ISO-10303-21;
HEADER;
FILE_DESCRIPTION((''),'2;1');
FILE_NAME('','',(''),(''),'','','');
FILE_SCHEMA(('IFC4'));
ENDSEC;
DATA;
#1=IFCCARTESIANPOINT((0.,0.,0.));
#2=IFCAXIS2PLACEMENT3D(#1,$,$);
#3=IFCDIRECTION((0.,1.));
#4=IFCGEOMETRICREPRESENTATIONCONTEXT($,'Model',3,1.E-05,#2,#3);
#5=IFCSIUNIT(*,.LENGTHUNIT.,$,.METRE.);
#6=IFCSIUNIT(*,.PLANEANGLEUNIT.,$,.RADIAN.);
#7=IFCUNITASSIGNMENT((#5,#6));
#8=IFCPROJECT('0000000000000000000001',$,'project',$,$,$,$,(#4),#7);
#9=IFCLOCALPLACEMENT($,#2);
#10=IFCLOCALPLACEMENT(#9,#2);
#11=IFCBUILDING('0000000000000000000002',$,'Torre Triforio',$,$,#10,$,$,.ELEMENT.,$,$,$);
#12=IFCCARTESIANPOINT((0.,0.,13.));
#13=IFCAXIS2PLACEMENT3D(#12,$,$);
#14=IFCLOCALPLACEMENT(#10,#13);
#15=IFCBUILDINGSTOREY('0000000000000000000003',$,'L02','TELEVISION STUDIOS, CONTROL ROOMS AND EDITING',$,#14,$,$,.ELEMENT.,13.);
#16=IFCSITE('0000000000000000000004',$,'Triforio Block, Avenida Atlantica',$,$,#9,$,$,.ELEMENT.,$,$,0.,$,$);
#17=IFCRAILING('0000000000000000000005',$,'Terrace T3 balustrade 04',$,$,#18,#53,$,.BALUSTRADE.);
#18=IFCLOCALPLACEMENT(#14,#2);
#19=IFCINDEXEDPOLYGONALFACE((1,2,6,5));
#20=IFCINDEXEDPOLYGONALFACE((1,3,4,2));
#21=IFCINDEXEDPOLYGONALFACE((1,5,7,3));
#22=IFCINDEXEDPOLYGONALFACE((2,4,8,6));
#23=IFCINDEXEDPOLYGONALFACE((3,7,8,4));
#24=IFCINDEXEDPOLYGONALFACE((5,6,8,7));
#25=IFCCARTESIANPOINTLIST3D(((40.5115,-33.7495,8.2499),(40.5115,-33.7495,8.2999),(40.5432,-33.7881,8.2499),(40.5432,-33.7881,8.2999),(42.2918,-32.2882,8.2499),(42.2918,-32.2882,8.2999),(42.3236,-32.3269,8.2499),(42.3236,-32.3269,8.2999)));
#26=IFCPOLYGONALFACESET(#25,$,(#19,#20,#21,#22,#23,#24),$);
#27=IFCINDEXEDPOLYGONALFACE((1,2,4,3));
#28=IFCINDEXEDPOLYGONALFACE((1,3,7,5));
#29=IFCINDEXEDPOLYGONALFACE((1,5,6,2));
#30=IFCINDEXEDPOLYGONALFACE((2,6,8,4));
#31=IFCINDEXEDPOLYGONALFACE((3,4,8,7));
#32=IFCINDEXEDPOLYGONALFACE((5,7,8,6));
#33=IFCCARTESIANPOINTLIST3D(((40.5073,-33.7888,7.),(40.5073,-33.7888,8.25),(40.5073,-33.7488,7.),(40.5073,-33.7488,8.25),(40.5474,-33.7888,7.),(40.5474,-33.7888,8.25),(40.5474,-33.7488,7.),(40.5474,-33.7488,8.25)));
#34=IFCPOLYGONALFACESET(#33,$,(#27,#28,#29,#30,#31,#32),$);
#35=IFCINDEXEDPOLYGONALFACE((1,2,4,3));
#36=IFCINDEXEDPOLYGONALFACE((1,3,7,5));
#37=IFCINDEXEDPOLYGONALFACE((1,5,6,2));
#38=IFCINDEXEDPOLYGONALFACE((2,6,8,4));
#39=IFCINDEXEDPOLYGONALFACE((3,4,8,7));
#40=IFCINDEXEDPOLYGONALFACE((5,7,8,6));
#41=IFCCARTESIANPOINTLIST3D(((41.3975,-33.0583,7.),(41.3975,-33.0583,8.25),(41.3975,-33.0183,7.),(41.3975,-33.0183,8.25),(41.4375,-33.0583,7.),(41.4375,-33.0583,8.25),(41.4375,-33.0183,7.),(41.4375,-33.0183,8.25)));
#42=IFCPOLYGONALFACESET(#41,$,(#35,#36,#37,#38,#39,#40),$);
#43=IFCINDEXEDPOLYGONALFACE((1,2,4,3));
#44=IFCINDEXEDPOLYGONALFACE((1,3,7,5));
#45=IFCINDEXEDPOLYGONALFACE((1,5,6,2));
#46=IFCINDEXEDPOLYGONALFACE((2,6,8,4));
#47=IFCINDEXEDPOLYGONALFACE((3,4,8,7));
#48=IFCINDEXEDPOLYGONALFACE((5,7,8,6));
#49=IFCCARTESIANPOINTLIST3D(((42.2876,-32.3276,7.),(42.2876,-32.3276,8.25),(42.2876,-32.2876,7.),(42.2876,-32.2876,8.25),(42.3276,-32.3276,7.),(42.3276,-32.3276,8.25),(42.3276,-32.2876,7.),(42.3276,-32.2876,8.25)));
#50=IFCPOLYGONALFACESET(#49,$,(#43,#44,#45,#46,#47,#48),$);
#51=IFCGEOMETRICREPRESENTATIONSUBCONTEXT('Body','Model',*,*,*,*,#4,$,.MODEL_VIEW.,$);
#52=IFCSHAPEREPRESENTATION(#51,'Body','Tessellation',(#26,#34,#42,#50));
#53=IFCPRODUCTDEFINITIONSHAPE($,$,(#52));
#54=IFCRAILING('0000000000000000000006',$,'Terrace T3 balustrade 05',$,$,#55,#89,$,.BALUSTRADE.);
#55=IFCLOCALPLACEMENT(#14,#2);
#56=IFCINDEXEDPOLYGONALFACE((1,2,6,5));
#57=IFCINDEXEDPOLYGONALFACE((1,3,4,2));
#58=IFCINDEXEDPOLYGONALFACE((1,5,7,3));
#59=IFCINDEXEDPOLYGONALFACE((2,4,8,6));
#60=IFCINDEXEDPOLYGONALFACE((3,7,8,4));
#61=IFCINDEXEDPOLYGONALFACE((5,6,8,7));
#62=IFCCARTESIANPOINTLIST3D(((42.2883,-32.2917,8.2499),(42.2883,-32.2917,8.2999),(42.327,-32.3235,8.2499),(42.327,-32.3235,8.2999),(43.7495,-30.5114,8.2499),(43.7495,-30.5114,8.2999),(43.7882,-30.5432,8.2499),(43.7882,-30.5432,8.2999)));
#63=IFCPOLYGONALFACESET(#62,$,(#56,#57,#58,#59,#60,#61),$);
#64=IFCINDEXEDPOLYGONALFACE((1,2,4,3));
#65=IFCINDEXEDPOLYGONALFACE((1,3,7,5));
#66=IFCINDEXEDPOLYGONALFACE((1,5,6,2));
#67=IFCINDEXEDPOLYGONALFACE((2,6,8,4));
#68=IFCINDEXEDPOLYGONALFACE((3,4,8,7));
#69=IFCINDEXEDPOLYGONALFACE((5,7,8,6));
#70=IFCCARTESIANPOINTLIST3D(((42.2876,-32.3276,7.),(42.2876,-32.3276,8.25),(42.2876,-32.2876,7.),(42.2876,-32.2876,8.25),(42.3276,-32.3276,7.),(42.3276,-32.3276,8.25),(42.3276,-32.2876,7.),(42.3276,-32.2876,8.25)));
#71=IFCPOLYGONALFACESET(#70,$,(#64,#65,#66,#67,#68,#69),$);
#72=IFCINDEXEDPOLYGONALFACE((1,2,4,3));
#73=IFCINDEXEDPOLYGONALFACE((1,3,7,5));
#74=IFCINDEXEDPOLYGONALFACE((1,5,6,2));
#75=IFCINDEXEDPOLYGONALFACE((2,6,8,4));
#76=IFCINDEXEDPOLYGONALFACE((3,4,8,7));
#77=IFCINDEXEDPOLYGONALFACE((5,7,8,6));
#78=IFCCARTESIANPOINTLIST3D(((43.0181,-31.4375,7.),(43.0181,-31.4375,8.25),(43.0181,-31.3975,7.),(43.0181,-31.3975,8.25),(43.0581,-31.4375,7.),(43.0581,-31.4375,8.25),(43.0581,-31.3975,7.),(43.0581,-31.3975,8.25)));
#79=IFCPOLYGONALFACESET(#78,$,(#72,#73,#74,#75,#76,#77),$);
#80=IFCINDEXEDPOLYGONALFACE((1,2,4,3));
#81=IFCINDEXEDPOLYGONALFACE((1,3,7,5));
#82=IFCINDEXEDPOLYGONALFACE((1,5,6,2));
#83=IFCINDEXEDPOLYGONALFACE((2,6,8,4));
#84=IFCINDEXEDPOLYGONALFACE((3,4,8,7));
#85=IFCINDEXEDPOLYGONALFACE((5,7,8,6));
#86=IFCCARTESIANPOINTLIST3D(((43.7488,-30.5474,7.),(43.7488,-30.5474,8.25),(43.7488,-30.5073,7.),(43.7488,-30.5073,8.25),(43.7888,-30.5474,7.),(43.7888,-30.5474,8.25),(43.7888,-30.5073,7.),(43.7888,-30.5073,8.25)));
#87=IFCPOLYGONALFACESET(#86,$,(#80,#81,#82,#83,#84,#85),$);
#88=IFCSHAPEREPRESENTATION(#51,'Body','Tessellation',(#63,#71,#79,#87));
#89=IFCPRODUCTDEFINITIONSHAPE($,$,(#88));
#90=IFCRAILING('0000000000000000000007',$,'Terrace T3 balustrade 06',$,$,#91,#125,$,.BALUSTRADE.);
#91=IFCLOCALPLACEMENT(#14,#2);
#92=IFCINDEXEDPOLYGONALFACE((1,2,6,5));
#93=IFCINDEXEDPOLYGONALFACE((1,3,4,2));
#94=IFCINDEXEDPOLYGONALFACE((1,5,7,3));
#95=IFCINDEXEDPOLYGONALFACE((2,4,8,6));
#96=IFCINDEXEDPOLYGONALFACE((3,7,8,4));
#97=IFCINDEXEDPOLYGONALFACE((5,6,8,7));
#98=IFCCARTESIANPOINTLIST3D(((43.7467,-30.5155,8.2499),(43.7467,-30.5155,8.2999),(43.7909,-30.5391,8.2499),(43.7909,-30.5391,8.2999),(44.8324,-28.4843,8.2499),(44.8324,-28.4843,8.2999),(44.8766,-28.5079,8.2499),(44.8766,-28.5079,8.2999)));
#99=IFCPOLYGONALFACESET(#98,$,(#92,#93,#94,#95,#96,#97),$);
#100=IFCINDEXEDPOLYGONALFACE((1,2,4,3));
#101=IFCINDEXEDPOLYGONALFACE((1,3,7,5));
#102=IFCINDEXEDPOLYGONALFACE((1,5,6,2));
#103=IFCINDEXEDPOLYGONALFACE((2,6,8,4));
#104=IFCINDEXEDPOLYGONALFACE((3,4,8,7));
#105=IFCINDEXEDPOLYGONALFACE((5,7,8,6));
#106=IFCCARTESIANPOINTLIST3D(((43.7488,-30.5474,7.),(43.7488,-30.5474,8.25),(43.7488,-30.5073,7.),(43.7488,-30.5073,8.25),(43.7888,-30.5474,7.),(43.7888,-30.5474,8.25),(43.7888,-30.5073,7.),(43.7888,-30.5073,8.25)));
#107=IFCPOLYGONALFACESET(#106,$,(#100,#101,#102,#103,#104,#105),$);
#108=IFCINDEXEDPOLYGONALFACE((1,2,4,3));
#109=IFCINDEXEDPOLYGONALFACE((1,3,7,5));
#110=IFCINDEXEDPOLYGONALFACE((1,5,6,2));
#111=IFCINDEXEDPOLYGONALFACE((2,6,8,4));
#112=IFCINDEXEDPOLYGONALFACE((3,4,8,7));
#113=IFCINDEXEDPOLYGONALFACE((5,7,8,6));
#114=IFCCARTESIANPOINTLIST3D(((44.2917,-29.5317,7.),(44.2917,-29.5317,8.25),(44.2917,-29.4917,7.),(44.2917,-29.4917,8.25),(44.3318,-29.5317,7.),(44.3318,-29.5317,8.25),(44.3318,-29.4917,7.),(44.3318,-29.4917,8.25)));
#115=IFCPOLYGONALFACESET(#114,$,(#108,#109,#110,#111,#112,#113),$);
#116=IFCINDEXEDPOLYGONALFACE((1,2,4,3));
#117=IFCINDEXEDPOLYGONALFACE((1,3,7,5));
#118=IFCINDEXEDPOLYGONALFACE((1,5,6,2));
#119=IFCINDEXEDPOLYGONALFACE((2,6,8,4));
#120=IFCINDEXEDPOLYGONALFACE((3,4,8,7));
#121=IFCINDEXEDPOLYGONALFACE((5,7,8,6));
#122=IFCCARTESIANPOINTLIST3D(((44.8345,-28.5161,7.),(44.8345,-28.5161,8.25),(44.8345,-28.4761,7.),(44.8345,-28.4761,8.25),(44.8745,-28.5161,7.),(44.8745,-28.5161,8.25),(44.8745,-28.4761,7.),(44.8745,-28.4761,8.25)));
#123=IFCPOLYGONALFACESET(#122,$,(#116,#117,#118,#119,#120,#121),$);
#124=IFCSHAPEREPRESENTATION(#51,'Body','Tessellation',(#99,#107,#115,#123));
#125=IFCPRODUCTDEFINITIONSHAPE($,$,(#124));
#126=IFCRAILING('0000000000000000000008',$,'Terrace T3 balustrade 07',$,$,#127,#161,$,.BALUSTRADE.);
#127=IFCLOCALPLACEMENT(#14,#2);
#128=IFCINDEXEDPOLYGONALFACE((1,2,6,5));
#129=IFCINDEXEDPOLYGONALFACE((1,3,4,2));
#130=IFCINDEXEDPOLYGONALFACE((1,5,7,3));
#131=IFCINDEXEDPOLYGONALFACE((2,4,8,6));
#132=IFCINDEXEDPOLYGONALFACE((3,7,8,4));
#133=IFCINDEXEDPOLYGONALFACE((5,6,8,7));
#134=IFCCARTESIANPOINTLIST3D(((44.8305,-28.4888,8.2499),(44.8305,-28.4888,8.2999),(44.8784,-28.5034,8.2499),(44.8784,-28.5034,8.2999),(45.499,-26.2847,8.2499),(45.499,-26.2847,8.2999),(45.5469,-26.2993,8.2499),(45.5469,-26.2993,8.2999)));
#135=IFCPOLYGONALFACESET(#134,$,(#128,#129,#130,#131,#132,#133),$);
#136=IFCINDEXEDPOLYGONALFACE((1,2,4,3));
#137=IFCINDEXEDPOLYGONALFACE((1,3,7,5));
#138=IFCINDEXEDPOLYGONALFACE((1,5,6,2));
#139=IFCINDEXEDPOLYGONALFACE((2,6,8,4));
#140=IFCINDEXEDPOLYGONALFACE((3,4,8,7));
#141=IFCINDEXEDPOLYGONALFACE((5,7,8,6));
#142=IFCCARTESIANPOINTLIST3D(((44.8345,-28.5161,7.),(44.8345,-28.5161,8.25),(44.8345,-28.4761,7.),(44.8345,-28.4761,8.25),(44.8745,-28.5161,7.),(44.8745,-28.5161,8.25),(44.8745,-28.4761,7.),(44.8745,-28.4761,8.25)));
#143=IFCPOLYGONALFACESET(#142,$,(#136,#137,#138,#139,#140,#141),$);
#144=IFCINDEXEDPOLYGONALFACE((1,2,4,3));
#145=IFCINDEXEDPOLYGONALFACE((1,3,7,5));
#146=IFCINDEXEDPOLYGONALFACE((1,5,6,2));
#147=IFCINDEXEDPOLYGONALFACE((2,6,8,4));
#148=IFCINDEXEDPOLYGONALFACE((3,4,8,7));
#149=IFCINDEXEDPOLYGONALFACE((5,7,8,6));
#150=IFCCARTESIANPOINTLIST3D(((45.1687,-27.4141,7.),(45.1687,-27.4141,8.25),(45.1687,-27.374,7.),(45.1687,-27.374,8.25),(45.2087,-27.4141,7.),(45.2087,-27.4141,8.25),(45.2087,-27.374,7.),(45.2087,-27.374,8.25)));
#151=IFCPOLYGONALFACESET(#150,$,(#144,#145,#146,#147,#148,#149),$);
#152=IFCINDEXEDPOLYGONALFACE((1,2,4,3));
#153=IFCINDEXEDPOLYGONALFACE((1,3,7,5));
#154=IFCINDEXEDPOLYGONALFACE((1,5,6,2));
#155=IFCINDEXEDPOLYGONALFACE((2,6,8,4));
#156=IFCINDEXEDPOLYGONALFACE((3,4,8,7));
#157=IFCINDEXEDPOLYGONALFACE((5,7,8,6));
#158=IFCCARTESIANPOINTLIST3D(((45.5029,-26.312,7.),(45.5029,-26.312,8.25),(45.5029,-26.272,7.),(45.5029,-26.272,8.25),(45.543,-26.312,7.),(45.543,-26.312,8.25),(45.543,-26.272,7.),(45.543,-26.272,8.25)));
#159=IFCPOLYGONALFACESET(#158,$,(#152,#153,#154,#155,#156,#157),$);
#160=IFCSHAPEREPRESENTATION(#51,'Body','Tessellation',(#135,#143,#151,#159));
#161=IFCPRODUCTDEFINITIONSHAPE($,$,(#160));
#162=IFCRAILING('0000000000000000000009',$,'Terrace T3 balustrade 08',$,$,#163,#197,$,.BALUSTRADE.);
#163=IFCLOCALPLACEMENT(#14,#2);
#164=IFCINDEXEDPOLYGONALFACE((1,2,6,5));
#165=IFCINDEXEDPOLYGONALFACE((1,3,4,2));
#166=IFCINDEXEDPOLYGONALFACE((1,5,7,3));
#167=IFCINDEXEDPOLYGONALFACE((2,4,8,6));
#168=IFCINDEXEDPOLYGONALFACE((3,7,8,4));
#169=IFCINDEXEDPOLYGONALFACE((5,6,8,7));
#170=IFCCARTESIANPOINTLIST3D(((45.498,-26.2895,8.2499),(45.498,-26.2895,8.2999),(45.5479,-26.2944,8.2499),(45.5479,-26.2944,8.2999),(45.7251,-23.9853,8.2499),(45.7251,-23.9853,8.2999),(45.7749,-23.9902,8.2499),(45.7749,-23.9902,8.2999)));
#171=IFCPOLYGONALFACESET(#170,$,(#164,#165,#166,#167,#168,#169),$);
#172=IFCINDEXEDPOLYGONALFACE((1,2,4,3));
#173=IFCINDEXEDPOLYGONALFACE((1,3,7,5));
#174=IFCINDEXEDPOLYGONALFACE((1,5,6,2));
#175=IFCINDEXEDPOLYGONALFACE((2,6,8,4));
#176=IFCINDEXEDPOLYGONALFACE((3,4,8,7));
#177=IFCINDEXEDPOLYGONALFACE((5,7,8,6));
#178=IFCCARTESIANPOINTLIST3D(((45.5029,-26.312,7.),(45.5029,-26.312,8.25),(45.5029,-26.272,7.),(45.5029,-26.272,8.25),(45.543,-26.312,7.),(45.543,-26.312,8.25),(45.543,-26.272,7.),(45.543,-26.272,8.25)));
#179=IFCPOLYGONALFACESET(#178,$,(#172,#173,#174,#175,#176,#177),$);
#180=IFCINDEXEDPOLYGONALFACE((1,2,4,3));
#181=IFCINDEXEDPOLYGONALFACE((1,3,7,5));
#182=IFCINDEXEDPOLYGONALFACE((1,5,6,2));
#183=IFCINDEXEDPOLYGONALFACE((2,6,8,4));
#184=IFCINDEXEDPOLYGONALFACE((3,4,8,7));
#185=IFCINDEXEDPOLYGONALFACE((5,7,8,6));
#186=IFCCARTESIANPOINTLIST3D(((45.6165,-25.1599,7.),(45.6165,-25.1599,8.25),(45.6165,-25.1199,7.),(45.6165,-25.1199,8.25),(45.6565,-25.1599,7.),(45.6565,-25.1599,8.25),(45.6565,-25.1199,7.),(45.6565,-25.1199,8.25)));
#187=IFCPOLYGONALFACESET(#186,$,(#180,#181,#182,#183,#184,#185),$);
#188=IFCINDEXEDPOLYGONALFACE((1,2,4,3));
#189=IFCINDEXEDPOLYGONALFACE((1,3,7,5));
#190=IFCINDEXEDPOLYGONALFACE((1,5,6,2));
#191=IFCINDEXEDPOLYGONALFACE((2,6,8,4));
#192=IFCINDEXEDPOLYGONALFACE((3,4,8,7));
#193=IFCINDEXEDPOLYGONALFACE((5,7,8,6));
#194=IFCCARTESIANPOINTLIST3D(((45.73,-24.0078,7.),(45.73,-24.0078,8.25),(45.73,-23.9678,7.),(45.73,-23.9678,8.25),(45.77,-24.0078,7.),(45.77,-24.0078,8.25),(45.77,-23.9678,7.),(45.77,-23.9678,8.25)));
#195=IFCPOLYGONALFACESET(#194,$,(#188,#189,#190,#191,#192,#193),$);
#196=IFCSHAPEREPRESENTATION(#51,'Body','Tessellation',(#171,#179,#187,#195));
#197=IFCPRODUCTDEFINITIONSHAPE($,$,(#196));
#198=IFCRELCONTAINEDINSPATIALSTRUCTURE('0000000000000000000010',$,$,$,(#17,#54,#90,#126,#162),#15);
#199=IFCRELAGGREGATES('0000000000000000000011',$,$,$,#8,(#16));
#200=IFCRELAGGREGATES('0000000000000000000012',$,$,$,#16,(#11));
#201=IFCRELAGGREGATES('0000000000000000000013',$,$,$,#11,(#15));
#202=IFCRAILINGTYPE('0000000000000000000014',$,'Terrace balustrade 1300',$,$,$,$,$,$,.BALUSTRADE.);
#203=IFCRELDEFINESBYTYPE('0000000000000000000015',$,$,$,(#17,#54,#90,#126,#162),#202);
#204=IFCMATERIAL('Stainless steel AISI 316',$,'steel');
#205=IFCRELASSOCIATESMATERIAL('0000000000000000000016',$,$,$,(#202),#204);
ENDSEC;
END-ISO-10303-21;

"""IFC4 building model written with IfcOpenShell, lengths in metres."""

from ifc_helpers import new_model, si_unit, direction, frame, origin, origin_2d, place, context, subcontext, project, spatial, rectangle, extrude, material, type_object, element, save


model = new_model("IFC4")

# Units and contexts
model_context = context("Model", 3, precision=1e-05, world=origin(), true_north=direction((0.0, 1.0)))
body_context = subcontext(model_context, "Body", "Model", "MODEL_VIEW")
ifc_project = project(units=[si_unit("LENGTHUNIT", "METRE"), si_unit("PLANEANGLEUNIT", "RADIAN")], contexts=[model_context])

# Site, building, storey
site_placement = place(None, origin())
site = spatial("IfcSite", under=ifc_project, at=site_placement, Name="Triforio Block, Avenida Atlantica", CompositionType="ELEMENT", RefElevation=0.0)
building_placement = place(site_placement, origin())
building = spatial("IfcBuilding", under=site, at=building_placement, Name="Torre Triforio", CompositionType="ELEMENT")
storey_placement = place(building_placement, frame((0.0, 0.0, 13.0)))
storey = spatial("IfcBuildingStorey", under=building, at=storey_placement, Name="L02", Description="TELEVISION STUDIOS, CONTROL ROOMS AND EDITING", CompositionType="ELEMENT", Elevation=13.0)

# Railings
ifc_material_1 = material(Name="Stainless steel AISI 316", Category="steel")
railing_type = type_object("IfcRailingType", Name="Terrace balustrade 1300", PredefinedType="BALUSTRADE", material=ifc_material_1)
railing_1_placement = place(storey_placement, frame((40.5273, -33.7688, 7.0)))
element("IfcRailing", 1, at=railing_1_placement, inside=storey, type_object=railing_type, Name="Terrace T3 balustrade 04", PredefinedType="BALUSTRADE", context=body_context, shape_type="SweptSolid", body=[
    extrude(rectangle(XDim=0.05, YDim=0.05, at=origin_2d()), frame((0.0, 0.0, 1.2749), z_axis=(0.772979, 0.634432, 0.0), x_axis=(-0.634432, 0.772979, 0.0)), (0.0, 0.0, 1.0), 2.3032),
    extrude(rectangle(XDim=0.04, YDim=0.04, at=origin_2d()), origin(), (0.0, 0.0, 1.0), 1.25),
    extrude(rectangle(XDim=0.04, YDim=0.04, at=origin_2d()), frame((0.8901, 0.7305, 0.0)), (0.0, 0.0, 1.0), 1.25),
    extrude(rectangle(XDim=0.04, YDim=0.04, at=origin_2d()), frame((1.7803, 1.4612, 0.0)), (0.0, 0.0, 1.0), 1.25),
])
railing_2_placement = place(storey_placement, frame((42.3076, -32.3076, 7.0)))
element("IfcRailing", 2, at=railing_2_placement, inside=storey, type_object=railing_type, Name="Terrace T3 balustrade 05", PredefinedType="BALUSTRADE", context=body_context, shape_type="SweptSolid", body=[
    extrude(rectangle(XDim=0.05, YDim=0.05, at=origin_2d()), frame((0.0, 0.0, 1.2749), z_axis=(0.634432, 0.772979, 0.0), x_axis=(-0.772979, 0.634432, 0.0)), (0.0, 0.0, 1.0), 2.3032),
    extrude(rectangle(XDim=0.04, YDim=0.04, at=origin_2d()), origin(), (0.0, 0.0, 1.0), 1.25),
    extrude(rectangle(XDim=0.04, YDim=0.04, at=origin_2d()), frame((0.7305, 0.8901, 0.0)), (0.0, 0.0, 1.0), 1.25),
    extrude(rectangle(XDim=0.04, YDim=0.04, at=origin_2d()), frame((1.4612, 1.7803, 0.0)), (0.0, 0.0, 1.0), 1.25),
])
railing_3_placement = place(storey_placement, frame((43.7688, -30.5273, 7.0)))
element("IfcRailing", 3, at=railing_3_placement, inside=storey, type_object=railing_type, Name="Terrace T3 balustrade 06", PredefinedType="BALUSTRADE", context=body_context, shape_type="SweptSolid", body=[
    extrude(rectangle(XDim=0.05, YDim=0.05, at=origin_2d()), frame((0.0, 0.0, 1.2749), z_axis=(0.471386, 0.881927, 0.0), x_axis=(-0.881927, 0.471386, 0.0)), (0.0, 0.0, 1.0), 2.3032),
    extrude(rectangle(XDim=0.04, YDim=0.04, at=origin_2d()), origin(), (0.0, 0.0, 1.0), 1.25),
    extrude(rectangle(XDim=0.04, YDim=0.04, at=origin_2d()), frame((0.543, 1.0156, 0.0)), (0.0, 0.0, 1.0), 1.25),
    extrude(rectangle(XDim=0.04, YDim=0.04, at=origin_2d()), frame((1.0857, 2.0312, 0.0)), (0.0, 0.0, 1.0), 1.25),
])
railing_4_placement = place(storey_placement, frame((44.8545, -28.4961, 7.0)))
element("IfcRailing", 4, at=railing_4_placement, inside=storey, type_object=railing_type, Name="Terrace T3 balustrade 07", PredefinedType="BALUSTRADE", context=body_context, shape_type="SweptSolid", body=[
    extrude(rectangle(XDim=0.05, YDim=0.05, at=origin_2d()), frame((0.0, 0.0, 1.2749), z_axis=(0.290225, 0.956958, 0.0), x_axis=(-0.956958, 0.290225, 0.0)), (0.0, 0.0, 1.0), 2.3032),
    extrude(rectangle(XDim=0.04, YDim=0.04, at=origin_2d()), origin(), (0.0, 0.0, 1.0), 1.25),
    extrude(rectangle(XDim=0.04, YDim=0.04, at=origin_2d()), frame((0.3342, 1.1021, 0.0)), (0.0, 0.0, 1.0), 1.25),
    extrude(rectangle(XDim=0.04, YDim=0.04, at=origin_2d()), frame((0.6685, 2.2041, 0.0)), (0.0, 0.0, 1.0), 1.25),
])
railing_5_placement = place(storey_placement, frame((45.5229, -26.292, 7.0)))
element("IfcRailing", 5, at=railing_5_placement, inside=storey, type_object=railing_type, Name="Terrace T3 balustrade 08", PredefinedType="BALUSTRADE", context=body_context, shape_type="SweptSolid", body=[
    extrude(rectangle(XDim=0.05, YDim=0.05, at=origin_2d()), frame((0.0, 0.0, 1.2749), z_axis=(0.098063, 0.99518, 0.0), x_axis=(-0.99518, 0.098063, 0.0)), (0.0, 0.0, 1.0), 2.3154),
    extrude(rectangle(XDim=0.04, YDim=0.04, at=origin_2d()), origin(), (0.0, 0.0, 1.0), 1.25),
    extrude(rectangle(XDim=0.04, YDim=0.04, at=origin_2d()), frame((0.1135, 1.1521, 0.0)), (0.0, 0.0, 1.0), 1.25),
    extrude(rectangle(XDim=0.04, YDim=0.04, at=origin_2d()), frame((0.2271, 2.3042, 0.0)), (0.0, 0.0, 1.0), 1.25),
])

save(model, "model.ifc")
